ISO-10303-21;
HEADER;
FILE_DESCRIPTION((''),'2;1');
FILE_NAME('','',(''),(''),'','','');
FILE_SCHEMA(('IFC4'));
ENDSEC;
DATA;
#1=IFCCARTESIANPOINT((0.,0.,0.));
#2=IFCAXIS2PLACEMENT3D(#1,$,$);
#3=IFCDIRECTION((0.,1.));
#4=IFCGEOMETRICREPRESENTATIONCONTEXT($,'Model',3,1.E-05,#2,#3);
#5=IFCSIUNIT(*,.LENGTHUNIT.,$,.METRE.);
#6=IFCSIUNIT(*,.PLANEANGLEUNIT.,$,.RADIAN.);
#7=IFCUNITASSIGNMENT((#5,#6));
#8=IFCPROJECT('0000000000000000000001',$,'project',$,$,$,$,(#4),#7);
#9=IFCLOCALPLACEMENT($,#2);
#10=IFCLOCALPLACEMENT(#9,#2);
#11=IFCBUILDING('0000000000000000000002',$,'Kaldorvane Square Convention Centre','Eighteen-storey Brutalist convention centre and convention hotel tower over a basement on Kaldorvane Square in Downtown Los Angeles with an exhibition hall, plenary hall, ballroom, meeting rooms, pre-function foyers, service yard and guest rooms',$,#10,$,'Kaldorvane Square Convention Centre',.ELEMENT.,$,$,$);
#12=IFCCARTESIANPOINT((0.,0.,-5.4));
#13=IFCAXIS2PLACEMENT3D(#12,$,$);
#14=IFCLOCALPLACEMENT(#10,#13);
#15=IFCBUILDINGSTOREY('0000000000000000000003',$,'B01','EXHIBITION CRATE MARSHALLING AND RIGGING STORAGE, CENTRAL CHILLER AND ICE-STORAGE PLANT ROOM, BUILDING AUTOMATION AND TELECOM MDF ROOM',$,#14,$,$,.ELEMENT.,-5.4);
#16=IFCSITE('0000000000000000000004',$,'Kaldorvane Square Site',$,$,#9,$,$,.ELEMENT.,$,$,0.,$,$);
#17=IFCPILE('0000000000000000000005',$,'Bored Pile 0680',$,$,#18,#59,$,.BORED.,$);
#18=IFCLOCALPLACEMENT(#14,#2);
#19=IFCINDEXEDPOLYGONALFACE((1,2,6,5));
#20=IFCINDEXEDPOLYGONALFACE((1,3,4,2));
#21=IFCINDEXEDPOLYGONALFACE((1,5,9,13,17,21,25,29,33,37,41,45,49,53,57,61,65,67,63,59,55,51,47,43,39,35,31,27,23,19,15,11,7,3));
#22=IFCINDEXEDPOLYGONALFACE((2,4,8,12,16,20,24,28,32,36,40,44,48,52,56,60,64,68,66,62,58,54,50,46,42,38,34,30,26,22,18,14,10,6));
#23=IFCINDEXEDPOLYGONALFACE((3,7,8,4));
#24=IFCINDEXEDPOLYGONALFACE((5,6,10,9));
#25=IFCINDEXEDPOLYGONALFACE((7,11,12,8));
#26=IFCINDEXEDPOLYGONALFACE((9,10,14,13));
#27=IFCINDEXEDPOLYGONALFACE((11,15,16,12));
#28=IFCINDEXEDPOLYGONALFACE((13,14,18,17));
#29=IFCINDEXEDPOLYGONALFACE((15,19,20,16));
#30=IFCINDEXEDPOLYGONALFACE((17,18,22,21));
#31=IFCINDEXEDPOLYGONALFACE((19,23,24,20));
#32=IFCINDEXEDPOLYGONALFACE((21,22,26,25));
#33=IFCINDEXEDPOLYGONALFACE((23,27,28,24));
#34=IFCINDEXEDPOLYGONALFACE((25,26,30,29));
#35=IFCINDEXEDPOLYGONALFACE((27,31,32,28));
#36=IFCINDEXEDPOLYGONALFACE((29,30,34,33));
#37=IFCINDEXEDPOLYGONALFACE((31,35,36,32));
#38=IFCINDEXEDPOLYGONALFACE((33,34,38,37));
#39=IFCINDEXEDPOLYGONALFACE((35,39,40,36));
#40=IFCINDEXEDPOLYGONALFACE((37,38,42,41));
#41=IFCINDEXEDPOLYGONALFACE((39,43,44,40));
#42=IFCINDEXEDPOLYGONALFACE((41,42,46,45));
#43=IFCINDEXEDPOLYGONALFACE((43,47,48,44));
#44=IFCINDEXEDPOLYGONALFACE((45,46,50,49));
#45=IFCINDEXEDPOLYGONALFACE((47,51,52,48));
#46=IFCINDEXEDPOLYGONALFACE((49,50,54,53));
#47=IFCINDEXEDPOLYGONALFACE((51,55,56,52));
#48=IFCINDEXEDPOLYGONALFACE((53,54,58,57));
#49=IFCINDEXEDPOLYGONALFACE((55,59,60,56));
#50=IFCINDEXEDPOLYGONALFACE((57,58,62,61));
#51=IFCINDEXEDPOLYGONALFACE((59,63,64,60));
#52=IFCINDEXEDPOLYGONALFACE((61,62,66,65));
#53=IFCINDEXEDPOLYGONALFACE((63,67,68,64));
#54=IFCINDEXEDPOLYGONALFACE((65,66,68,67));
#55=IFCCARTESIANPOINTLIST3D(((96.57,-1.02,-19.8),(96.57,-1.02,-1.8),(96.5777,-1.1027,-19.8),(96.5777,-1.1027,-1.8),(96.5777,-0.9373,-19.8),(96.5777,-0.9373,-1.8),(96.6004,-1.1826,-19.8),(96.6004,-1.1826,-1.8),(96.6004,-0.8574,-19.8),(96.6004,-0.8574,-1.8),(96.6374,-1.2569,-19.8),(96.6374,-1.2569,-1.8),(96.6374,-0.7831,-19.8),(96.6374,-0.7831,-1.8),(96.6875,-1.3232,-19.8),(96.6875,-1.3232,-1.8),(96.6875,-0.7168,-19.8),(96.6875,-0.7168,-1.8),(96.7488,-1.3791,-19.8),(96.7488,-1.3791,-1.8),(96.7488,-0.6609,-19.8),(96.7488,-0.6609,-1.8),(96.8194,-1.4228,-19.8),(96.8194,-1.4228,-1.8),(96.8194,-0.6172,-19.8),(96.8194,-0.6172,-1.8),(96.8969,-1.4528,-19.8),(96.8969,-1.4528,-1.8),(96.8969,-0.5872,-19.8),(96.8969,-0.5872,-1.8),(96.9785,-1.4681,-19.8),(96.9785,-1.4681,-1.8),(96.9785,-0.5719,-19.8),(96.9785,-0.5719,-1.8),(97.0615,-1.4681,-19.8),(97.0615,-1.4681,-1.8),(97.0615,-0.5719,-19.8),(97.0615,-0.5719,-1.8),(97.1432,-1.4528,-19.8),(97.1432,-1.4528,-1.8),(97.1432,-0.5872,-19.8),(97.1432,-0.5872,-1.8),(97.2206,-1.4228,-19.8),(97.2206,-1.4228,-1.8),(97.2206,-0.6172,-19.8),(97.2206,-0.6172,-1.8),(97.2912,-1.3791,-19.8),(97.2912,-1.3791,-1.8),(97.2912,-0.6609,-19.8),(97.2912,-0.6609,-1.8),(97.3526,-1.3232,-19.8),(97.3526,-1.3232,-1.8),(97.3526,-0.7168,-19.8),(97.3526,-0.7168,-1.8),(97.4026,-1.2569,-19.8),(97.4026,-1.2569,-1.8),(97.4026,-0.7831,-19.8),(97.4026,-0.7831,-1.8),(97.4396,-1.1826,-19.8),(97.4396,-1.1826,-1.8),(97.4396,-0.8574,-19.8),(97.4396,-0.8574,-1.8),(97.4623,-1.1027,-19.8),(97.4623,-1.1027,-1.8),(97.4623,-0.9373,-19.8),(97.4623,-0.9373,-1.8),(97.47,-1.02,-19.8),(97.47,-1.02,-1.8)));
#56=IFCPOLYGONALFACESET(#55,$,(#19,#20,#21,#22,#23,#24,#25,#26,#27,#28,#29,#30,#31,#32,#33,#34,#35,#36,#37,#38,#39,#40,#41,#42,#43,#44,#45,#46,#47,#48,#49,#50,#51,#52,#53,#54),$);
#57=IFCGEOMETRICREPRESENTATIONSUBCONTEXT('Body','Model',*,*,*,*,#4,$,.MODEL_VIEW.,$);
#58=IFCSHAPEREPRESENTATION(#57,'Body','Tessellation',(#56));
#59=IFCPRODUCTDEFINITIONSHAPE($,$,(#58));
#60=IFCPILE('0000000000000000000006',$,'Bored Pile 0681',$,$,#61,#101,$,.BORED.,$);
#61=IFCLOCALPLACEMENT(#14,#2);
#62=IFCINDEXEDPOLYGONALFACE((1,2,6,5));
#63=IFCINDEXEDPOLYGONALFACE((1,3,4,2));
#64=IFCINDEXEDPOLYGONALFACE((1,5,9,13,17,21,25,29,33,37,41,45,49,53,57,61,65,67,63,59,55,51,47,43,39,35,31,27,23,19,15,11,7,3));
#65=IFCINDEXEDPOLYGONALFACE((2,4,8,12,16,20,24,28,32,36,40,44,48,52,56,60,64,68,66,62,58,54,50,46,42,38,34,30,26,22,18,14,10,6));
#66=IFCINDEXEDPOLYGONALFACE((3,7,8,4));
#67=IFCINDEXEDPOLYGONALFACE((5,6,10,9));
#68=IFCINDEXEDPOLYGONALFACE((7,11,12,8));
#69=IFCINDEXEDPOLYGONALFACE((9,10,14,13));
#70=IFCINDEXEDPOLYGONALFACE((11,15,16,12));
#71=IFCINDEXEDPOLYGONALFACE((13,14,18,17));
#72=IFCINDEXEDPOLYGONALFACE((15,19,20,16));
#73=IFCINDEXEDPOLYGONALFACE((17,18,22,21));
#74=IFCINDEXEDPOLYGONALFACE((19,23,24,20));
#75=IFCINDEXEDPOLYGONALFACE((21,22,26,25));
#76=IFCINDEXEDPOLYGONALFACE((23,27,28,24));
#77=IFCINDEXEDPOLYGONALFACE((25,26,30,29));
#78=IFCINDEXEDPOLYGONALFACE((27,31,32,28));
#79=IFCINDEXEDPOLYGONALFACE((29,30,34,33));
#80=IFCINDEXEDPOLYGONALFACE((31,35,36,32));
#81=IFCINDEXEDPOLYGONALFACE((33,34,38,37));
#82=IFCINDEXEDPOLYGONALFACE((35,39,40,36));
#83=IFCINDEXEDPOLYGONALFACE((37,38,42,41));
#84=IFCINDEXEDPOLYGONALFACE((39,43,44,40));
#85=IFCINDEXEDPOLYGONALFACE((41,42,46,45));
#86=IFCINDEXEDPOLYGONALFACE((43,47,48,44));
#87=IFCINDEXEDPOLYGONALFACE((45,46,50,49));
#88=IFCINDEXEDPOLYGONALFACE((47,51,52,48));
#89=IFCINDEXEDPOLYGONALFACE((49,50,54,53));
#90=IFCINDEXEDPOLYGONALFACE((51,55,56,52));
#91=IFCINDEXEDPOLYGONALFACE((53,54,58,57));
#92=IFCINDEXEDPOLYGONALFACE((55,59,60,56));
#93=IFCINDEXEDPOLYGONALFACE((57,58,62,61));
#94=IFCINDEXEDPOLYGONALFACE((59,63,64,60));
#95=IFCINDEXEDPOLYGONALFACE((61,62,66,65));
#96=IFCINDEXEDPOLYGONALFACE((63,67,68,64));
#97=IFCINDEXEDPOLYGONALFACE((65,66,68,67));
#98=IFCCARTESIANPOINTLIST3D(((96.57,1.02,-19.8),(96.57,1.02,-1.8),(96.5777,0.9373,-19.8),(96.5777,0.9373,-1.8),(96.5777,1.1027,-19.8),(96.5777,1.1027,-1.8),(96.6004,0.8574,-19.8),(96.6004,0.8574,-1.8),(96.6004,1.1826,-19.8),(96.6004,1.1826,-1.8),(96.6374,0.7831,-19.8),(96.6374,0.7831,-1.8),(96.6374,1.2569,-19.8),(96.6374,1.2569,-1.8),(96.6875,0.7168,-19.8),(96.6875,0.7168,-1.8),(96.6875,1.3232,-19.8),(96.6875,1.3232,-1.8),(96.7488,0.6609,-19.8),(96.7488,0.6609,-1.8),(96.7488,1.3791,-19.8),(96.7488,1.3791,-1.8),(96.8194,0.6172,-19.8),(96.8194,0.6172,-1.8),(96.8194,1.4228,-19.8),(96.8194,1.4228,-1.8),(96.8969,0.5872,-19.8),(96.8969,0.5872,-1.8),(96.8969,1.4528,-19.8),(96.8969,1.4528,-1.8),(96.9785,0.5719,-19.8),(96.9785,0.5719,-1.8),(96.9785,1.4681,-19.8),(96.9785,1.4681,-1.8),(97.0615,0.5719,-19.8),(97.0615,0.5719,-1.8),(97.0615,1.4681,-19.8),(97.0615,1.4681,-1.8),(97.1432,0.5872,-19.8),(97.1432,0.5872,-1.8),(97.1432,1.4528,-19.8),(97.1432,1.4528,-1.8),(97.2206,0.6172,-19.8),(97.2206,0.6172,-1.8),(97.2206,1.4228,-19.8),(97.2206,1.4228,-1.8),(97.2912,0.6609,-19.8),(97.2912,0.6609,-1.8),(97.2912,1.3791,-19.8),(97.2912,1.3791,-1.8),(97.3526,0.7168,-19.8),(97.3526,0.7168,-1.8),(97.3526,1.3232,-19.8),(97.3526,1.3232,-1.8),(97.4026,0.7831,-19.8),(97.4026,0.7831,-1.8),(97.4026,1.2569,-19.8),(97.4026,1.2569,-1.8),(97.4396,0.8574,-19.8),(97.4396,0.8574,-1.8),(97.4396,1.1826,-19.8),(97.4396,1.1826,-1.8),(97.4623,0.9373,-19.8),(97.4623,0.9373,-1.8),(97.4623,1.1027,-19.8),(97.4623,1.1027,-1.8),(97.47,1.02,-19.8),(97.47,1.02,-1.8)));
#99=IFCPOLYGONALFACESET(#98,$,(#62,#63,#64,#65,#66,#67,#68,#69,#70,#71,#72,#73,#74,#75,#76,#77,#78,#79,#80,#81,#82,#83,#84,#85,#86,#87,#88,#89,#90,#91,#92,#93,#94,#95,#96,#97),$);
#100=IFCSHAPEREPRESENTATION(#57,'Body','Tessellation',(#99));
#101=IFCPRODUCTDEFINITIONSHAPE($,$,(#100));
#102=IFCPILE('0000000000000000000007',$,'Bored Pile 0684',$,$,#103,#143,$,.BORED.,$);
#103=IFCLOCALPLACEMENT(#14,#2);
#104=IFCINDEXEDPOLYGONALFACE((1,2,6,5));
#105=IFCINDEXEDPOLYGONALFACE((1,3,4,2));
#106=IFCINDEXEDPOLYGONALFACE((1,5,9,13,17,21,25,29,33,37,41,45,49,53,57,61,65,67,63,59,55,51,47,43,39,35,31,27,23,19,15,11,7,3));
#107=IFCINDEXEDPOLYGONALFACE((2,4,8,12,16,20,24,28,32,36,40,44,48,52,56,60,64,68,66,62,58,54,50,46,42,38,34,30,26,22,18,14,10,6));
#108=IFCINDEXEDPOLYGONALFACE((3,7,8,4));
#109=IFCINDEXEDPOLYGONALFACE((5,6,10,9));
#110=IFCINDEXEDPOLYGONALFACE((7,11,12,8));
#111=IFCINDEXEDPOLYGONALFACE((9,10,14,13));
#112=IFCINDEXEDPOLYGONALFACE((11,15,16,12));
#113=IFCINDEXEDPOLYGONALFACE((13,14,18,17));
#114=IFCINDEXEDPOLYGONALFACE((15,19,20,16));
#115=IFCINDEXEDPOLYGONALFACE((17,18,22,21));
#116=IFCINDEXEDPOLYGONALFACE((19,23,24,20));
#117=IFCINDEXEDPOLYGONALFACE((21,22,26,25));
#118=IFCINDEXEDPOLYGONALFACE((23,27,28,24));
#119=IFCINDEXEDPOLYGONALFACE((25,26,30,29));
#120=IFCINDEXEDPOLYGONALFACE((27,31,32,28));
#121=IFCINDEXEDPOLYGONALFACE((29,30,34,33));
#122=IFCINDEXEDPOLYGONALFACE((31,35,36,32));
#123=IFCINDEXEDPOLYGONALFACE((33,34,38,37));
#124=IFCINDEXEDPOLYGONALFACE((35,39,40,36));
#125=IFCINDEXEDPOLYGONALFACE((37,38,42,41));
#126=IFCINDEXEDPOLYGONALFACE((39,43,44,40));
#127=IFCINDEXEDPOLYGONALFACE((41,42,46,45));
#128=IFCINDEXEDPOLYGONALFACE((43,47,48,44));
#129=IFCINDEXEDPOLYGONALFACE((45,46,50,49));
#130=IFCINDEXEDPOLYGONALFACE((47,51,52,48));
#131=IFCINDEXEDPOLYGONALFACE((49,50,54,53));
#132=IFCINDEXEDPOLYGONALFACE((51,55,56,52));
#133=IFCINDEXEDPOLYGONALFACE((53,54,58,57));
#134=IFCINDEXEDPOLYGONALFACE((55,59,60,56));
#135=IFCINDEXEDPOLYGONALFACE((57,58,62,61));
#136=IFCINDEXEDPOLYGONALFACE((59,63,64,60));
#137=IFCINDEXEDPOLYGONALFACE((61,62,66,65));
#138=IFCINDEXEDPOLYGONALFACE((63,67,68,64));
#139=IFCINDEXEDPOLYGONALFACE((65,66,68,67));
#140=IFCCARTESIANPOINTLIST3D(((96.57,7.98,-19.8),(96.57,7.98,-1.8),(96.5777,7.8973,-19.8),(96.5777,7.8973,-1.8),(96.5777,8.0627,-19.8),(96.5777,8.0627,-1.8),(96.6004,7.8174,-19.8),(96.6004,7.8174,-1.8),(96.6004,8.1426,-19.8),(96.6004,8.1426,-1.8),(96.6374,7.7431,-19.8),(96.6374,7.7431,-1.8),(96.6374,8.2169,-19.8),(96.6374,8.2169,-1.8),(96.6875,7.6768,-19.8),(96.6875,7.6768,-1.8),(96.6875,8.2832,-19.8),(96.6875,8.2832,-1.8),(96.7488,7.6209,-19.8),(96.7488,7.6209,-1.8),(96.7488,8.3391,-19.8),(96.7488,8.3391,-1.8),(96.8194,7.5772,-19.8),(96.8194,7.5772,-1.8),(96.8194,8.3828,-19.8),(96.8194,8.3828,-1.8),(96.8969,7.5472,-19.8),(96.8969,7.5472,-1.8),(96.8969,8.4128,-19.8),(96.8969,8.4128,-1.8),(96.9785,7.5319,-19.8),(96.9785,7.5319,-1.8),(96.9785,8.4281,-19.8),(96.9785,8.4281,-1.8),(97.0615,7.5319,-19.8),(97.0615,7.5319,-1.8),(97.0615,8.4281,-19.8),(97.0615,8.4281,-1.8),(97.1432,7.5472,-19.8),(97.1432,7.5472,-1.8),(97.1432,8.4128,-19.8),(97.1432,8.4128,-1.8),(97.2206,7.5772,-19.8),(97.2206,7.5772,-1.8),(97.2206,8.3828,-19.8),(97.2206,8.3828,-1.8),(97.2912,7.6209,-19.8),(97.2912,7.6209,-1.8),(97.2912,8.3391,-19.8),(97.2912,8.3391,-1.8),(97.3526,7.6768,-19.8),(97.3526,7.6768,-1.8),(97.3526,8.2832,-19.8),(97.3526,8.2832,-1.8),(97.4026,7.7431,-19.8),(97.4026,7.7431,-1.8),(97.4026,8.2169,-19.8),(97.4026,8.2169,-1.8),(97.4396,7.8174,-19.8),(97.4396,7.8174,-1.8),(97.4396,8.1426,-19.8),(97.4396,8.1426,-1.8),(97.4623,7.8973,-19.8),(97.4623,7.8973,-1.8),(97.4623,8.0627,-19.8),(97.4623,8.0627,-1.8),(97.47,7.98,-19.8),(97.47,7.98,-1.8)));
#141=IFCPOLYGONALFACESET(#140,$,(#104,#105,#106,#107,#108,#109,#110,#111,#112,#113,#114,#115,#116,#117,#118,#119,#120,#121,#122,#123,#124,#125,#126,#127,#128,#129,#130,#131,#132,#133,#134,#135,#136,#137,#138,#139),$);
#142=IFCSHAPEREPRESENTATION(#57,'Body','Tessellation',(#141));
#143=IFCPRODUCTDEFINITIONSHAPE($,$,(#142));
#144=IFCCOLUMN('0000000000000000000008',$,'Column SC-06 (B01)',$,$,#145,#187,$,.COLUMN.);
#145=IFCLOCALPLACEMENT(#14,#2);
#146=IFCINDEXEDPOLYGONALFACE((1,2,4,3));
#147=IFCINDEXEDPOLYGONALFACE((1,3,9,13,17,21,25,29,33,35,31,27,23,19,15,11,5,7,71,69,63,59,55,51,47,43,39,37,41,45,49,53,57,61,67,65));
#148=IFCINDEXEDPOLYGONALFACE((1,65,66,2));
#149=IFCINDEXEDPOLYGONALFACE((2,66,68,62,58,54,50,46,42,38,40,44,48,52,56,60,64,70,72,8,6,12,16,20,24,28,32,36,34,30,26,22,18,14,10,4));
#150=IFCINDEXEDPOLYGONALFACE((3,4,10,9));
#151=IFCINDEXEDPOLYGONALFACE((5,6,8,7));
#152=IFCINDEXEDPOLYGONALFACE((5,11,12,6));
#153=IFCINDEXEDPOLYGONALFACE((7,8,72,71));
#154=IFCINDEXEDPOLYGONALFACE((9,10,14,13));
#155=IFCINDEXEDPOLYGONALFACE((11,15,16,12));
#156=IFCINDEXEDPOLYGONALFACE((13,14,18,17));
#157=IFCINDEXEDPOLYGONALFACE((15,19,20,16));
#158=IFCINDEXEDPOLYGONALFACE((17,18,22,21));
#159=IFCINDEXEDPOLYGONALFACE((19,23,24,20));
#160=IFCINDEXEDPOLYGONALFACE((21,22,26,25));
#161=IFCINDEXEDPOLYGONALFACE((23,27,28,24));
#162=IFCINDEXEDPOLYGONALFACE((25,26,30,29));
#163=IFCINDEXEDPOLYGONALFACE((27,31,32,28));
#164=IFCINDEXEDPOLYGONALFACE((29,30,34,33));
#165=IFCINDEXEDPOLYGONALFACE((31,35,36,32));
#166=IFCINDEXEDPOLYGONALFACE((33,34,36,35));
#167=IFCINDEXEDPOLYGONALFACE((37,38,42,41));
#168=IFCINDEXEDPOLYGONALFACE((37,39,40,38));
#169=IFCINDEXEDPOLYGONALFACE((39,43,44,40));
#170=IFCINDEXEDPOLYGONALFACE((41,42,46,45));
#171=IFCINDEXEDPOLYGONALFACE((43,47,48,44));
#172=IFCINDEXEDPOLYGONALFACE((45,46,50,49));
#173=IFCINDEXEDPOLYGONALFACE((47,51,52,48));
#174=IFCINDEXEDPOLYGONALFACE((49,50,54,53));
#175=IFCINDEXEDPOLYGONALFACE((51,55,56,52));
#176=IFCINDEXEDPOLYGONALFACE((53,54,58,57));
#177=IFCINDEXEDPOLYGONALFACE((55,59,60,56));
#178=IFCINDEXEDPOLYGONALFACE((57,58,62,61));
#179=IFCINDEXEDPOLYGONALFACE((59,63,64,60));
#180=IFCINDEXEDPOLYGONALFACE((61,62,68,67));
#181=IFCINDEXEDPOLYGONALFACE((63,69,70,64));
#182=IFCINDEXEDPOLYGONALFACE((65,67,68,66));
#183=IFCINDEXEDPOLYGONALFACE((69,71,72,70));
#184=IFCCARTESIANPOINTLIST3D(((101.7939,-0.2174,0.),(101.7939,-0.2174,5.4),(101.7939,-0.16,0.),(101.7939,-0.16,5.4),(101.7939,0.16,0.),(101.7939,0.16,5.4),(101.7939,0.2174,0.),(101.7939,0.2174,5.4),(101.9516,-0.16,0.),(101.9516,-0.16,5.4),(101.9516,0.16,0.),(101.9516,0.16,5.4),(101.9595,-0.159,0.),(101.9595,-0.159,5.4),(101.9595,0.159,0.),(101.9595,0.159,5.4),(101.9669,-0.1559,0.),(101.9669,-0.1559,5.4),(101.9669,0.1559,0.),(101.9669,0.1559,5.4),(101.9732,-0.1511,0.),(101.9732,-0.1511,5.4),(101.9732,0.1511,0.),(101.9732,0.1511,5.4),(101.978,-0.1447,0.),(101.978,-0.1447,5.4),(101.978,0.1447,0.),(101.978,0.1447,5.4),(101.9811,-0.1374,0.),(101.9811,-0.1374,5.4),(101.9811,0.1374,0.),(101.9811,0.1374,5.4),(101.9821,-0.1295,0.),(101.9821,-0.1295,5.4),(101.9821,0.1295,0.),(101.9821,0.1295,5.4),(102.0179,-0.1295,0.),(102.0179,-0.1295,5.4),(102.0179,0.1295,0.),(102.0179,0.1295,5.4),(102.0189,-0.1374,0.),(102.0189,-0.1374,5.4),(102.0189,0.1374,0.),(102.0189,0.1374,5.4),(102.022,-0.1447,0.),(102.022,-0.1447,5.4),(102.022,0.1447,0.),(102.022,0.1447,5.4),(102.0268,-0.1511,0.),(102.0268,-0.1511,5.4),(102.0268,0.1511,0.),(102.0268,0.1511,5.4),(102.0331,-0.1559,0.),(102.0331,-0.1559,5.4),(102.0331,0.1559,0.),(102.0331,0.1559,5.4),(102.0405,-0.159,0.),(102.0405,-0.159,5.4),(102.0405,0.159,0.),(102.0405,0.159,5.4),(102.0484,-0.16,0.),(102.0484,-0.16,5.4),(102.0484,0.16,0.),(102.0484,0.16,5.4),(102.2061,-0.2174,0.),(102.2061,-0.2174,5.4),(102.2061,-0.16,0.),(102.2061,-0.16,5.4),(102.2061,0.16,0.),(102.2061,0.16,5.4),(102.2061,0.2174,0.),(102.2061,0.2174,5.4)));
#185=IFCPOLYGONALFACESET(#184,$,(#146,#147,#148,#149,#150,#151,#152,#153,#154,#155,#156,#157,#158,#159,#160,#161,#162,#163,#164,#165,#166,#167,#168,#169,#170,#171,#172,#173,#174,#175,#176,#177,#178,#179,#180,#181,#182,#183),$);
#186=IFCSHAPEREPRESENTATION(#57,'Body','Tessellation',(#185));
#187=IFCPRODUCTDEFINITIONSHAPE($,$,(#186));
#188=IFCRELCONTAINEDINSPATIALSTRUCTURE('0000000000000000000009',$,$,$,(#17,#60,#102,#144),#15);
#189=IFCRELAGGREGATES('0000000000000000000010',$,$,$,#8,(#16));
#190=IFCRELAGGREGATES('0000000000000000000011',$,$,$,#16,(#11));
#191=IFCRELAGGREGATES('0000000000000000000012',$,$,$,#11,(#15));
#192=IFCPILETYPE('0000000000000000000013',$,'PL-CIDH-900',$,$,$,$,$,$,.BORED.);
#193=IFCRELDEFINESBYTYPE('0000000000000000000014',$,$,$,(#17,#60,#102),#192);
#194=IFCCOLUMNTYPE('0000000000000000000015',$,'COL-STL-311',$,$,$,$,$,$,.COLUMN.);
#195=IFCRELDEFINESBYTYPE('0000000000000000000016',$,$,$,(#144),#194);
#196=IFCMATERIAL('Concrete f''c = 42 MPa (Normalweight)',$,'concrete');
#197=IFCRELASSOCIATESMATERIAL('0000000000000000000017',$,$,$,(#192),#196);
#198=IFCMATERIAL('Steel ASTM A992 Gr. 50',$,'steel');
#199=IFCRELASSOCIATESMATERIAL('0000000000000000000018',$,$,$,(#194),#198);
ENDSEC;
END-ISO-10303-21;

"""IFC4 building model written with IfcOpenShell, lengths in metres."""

from ifc_helpers import new_model, si_unit, direction, frame, origin, origin_2d, place, context, subcontext, project, spatial, circle, i_section, extrude, material, material_profile, profile_set, type_object, element, save


model = new_model("IFC4")

# Units and contexts
model_context = context("Model", 3, precision=1e-05, world=origin(), true_north=direction((0.0, 1.0)))
body_context = subcontext(model_context, "Body", "Model", "MODEL_VIEW")
ifc_project = project(units=[si_unit("LENGTHUNIT", "METRE"), si_unit("PLANEANGLEUNIT", "RADIAN")], contexts=[model_context])

# Site, building, storey
site_placement = place(None, origin())
site = spatial("IfcSite", under=ifc_project, at=site_placement, Name="Kaldorvane Square Site", CompositionType="ELEMENT", RefElevation=0.0)
building_placement = place(site_placement, origin())
building = spatial("IfcBuilding", under=site, at=building_placement, Name="Kaldorvane Square Convention Centre", Description="Eighteen-storey Brutalist convention centre and convention hotel tower over a basement on Kaldorvane Square in Downtown Los Angeles with an exhibition hall, plenary hall, ballroom, meeting rooms, pre-function foyers, service yard and guest rooms", LongName="Kaldorvane Square Convention Centre", CompositionType="ELEMENT")
storey_placement = place(building_placement, frame((0.0, 0.0, -5.4)))
storey = spatial("IfcBuildingStorey", under=building, at=storey_placement, Name="B01", Description="EXHIBITION CRATE MARSHALLING AND RIGGING STORAGE, CENTRAL CHILLER AND ICE-STORAGE PLANT ROOM, BUILDING AUTOMATION AND TELECOM MDF ROOM", CompositionType="ELEMENT", Elevation=-5.4)

# Shared definitions
ifc_material_1 = material(Name="Concrete f'c = 42 MPa (Normalweight)", Category="concrete")

# Piles
ifc_material_profile_1 = material_profile(ifc_material_1, circle(Radius=0.45, at=origin_2d()), Name="PILE-D900")
ifc_profile_set_1 = profile_set([ifc_material_profile_1], Name="Concrete f'c = 42 MPa (Normalweight)")
pile_type_1 = type_object("IfcPileType", Name="PL-CIDH-900", PredefinedType="BORED", material=ifc_profile_set_1)
for number, where, z_axis, x_axis, name in (
    (1, (97.02, -1.02, -1.8), (0.0, 0.0, -1.0), (1.0, 0.0, 0.0), "Bored Pile 0680"),
    (2, (97.02, 1.02, -1.8), (0.0, 0.0, -1.0), (1.0, 0.0, 0.0), "Bored Pile 0681"),
    (3, (97.02, 7.98, -1.8), (0.0, 0.0, -1.0), (1.0, 0.0, 0.0), "Bored Pile 0684"),
):
    element("IfcPile", number, at=place(storey_placement, frame(where, z_axis=z_axis, x_axis=x_axis)), inside=storey, type_object=pile_type_1, Name=name, PredefinedType="BORED", context=body_context, shape_type="SweptSolid", body=[
        extrude(circle(Radius=0.45, at=origin_2d()), origin(), (0.0, 0.0, 1.0), 18.0),
    ])

# Column
ifc_material_2 = material(Name="Steel ASTM A992 Gr. 50", Category="steel")
ifc_material_profile_2 = material_profile(ifc_material_2, i_section(OverallWidth=0.4122, OverallDepth=0.4348, WebThickness=0.0358, FlangeThickness=0.0574, FilletRadius=0.0305, at=origin_2d()), Name="W14X311")
ifc_profile_set_2 = profile_set([ifc_material_profile_2], Name="Steel ASTM A992 Gr. 50")
column_type = type_object("IfcColumnType", Name="COL-STL-311", PredefinedType="COLUMN", material=ifc_profile_set_2)
column_placement = place(storey_placement, frame((102.0, 0.0, 0.0), z_axis=(0.0, 0.0, 1.0), x_axis=(1.0, 0.0, 0.0)))
element("IfcColumn", 4, at=column_placement, inside=storey, type_object=column_type, Name="Column SC-06 (B01)", PredefinedType="COLUMN", context=body_context, shape_type="SweptSolid", body=[
    extrude(i_section(OverallWidth=0.4122, OverallDepth=0.4348, WebThickness=0.0358, FlangeThickness=0.0574, FilletRadius=0.0305, at=origin_2d()), origin(), (0.0, 0.0, 1.0), 5.4),
])

save(model, "model.ifc")
